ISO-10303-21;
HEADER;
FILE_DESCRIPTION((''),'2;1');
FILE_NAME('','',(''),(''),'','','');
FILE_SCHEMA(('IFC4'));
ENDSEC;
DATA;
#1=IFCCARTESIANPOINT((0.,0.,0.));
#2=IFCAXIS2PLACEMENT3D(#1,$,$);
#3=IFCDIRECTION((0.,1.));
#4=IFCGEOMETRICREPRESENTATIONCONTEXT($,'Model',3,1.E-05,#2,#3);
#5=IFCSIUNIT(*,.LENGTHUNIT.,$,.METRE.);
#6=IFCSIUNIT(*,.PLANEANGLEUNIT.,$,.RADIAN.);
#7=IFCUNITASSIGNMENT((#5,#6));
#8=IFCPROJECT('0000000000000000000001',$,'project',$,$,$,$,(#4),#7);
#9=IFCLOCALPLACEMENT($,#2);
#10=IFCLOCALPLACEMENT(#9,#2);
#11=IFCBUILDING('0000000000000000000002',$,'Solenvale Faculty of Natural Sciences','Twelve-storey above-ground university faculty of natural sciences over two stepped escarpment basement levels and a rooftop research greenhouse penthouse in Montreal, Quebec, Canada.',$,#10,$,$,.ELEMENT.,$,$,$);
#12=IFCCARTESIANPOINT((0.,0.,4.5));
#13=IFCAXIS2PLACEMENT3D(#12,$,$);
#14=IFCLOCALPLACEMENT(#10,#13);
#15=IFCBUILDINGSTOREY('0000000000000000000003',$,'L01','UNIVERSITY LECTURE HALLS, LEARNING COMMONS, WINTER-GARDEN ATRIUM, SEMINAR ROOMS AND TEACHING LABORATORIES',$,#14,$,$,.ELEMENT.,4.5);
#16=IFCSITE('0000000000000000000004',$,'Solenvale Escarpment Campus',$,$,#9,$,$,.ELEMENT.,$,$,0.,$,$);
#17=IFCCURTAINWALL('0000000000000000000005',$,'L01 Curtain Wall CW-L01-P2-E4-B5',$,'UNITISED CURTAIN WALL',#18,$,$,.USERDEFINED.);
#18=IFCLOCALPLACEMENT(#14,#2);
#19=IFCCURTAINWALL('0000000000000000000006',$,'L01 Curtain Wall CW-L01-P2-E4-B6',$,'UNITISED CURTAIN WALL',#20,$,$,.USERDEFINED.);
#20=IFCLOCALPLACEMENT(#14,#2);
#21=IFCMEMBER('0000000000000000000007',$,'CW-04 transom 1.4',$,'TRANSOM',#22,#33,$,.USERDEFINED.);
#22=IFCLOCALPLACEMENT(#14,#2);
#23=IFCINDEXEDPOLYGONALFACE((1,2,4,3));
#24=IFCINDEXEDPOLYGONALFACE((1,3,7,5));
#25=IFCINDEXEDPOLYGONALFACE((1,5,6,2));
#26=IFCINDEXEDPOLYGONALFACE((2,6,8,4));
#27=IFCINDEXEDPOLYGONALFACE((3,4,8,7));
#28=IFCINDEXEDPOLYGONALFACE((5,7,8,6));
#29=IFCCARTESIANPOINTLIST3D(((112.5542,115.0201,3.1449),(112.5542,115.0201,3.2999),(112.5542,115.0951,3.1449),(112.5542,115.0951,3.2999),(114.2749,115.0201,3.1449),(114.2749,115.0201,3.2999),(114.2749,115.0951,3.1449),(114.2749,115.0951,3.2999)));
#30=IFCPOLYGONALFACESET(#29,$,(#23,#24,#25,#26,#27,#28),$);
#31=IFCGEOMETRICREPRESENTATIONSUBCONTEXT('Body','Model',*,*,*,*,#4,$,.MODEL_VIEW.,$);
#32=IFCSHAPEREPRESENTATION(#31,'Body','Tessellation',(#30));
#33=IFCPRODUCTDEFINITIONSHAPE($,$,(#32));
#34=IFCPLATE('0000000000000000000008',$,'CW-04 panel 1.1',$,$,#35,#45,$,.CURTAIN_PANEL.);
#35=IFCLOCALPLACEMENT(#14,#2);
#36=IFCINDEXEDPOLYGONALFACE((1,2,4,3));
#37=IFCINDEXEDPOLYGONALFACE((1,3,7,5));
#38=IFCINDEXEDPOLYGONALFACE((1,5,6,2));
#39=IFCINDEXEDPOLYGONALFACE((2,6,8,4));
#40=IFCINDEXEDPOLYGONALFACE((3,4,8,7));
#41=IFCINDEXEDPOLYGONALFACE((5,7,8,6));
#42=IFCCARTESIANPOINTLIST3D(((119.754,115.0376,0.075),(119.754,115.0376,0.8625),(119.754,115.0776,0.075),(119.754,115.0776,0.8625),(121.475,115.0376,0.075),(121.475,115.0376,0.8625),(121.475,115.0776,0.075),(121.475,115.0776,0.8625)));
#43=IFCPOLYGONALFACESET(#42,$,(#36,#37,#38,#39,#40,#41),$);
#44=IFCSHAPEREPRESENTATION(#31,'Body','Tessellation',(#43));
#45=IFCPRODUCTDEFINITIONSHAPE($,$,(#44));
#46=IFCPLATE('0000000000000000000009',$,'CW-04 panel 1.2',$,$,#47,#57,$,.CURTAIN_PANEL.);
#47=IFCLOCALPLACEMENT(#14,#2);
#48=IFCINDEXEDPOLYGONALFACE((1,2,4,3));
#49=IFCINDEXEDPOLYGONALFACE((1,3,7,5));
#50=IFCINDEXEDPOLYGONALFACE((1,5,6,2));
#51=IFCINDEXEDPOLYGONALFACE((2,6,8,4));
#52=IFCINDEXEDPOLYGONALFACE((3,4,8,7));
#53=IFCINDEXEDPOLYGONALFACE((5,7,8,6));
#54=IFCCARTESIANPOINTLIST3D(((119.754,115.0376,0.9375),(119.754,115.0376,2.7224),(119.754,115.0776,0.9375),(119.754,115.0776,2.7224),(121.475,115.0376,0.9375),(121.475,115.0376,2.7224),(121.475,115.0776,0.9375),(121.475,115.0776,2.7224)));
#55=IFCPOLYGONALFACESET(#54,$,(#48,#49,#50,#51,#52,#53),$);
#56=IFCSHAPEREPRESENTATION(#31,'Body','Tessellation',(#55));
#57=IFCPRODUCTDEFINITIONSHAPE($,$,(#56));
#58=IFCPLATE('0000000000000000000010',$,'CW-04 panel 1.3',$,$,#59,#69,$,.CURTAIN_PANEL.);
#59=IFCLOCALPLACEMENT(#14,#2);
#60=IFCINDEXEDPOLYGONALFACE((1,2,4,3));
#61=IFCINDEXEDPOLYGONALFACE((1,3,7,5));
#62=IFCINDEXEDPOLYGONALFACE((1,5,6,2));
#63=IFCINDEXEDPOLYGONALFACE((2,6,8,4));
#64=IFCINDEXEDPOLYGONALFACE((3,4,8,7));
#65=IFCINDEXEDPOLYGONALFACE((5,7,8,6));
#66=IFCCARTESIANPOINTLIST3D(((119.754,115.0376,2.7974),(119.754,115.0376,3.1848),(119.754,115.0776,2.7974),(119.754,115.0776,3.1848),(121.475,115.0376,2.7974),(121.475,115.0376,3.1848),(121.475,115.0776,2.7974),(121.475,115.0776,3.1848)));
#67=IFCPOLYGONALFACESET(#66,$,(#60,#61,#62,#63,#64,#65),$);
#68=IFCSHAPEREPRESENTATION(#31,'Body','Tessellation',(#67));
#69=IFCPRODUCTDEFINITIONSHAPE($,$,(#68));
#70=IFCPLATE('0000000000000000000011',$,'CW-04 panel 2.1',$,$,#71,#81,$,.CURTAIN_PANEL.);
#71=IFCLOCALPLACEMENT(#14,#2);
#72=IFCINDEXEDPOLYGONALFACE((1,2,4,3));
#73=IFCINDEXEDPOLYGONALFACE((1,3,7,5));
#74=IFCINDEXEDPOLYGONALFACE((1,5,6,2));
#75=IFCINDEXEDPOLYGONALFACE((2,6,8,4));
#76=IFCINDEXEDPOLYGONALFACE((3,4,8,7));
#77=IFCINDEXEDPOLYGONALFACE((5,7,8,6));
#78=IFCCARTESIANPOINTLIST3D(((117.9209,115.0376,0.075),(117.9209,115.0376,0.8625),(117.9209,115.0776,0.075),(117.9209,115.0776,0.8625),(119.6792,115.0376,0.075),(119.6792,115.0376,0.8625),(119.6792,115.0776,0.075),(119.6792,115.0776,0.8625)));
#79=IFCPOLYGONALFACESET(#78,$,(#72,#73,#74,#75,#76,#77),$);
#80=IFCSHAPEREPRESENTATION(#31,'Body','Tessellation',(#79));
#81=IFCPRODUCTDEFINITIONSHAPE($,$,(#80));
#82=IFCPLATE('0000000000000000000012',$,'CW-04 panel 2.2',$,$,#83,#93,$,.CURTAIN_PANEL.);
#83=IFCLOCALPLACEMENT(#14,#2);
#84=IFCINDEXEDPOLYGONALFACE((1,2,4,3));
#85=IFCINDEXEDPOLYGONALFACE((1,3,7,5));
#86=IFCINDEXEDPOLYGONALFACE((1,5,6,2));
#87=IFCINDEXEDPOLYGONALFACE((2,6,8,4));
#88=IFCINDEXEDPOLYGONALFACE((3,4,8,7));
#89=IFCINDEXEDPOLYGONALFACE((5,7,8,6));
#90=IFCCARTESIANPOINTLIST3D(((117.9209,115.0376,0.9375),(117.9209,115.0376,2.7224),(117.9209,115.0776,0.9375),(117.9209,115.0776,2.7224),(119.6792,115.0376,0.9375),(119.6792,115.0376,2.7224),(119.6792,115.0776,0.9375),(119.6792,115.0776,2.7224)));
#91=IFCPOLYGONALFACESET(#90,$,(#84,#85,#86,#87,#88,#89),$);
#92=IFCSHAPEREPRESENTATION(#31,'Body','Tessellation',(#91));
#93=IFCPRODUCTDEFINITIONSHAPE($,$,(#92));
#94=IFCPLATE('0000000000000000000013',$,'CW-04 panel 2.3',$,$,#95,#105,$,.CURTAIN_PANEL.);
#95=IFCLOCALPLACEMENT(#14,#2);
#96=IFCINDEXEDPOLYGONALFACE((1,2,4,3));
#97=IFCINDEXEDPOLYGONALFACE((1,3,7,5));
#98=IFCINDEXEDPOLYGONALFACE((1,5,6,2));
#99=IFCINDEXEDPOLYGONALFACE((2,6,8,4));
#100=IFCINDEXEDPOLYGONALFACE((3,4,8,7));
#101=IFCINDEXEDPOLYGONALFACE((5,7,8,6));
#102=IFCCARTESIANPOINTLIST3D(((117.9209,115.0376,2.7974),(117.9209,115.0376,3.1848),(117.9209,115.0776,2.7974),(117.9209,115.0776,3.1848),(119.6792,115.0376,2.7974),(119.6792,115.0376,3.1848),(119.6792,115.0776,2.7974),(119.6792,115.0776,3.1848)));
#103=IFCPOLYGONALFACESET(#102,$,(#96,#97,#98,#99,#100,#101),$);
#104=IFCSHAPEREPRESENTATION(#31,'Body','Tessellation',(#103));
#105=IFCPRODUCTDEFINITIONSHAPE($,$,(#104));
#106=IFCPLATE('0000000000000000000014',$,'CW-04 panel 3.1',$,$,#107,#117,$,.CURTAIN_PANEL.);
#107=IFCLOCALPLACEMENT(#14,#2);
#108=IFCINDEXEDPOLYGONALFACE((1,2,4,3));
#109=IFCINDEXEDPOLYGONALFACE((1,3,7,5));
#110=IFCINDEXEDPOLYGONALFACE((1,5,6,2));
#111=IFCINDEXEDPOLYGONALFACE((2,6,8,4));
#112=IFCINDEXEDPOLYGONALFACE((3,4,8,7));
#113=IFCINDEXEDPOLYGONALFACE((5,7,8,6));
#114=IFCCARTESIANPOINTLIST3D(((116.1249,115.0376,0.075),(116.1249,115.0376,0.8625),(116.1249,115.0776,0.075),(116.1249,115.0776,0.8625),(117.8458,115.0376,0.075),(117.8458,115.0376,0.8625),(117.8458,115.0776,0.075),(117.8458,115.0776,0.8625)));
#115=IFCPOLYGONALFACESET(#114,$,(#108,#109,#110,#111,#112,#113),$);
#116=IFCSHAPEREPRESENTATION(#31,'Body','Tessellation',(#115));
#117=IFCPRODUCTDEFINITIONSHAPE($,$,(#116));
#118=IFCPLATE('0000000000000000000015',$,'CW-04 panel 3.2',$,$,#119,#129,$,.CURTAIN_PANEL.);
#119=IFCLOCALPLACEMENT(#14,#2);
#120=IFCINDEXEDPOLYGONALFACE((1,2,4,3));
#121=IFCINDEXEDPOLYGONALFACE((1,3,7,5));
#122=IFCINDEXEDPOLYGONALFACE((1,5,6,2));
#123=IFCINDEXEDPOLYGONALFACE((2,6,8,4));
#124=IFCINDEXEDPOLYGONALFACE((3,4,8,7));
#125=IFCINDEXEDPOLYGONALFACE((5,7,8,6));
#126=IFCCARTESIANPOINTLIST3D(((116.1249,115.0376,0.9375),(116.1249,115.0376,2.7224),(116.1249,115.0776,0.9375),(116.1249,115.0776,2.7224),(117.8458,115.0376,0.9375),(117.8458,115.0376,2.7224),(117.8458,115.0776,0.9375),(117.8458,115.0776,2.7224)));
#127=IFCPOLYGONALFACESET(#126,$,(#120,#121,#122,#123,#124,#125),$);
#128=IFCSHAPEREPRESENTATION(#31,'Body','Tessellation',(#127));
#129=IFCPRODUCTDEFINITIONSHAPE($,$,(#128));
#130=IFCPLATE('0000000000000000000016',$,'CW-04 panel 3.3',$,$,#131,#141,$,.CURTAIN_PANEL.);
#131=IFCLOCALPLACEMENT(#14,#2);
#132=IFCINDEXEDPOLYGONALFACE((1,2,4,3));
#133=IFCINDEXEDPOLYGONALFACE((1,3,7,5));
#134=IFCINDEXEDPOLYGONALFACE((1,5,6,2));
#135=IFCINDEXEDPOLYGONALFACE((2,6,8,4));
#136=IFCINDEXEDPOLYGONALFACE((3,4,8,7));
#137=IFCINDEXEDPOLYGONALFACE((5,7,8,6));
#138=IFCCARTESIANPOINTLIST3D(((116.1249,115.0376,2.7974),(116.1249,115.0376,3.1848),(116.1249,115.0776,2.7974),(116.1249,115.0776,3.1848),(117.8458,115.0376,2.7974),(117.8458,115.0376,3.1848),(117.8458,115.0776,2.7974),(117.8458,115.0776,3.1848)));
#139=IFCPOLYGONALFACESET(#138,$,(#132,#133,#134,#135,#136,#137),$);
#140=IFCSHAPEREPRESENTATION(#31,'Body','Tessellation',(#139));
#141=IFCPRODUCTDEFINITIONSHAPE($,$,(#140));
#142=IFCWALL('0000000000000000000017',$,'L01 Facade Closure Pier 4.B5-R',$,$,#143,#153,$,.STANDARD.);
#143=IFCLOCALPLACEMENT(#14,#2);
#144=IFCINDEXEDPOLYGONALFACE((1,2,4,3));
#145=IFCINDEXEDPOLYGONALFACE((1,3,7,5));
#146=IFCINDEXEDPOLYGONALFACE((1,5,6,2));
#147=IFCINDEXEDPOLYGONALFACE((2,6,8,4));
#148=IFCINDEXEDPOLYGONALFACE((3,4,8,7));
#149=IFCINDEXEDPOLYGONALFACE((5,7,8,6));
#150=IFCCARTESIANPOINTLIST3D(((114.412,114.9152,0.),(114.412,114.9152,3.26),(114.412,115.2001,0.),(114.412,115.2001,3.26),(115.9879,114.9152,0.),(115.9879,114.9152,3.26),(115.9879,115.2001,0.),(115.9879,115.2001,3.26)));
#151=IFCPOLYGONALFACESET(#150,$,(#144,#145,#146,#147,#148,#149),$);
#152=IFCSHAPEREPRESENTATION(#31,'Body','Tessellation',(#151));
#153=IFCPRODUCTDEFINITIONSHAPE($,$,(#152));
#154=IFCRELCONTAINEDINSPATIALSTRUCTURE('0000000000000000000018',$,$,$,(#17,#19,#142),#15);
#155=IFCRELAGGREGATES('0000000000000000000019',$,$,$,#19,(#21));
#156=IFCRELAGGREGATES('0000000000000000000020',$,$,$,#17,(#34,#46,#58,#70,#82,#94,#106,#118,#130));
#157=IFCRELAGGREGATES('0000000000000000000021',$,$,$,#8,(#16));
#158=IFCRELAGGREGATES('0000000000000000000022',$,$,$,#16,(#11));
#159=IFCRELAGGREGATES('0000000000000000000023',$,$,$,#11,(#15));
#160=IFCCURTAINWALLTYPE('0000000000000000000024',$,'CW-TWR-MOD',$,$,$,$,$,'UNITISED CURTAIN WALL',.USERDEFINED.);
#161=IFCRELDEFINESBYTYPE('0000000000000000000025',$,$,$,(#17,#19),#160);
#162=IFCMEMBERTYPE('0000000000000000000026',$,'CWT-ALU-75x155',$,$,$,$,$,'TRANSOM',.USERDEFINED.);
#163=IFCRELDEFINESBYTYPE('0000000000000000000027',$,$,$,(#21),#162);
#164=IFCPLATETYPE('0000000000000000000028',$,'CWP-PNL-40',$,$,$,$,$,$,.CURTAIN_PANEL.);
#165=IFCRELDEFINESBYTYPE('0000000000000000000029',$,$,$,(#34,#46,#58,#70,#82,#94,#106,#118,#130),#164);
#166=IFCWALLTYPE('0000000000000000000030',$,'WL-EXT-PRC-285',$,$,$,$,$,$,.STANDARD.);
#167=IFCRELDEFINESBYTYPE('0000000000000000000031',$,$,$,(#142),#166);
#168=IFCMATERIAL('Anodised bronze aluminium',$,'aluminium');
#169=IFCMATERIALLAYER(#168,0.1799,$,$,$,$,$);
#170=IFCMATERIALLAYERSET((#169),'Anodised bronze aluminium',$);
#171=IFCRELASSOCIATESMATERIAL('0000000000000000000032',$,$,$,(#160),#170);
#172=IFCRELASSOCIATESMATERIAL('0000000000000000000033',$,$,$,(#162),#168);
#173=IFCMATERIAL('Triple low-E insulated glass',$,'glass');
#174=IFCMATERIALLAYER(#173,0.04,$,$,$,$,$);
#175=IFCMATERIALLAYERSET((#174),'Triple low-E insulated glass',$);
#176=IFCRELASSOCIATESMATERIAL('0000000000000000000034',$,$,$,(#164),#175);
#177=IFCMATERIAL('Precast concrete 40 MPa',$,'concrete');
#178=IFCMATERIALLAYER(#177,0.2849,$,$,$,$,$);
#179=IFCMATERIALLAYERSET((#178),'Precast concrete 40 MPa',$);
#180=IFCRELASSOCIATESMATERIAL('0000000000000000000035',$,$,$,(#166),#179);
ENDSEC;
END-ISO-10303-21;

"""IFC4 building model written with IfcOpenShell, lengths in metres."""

from ifc_helpers import new_model, si_unit, direction, frame, frame_2d, origin, origin_2d, place, context, subcontext, project, spatial, rectangle, extrude, material, layer, layer_set, material_profile, profile_set, type_object, element, aggregate, save


model = new_model("IFC4")

# Units and contexts
model_context = context("Model", 3, precision=1e-05, world=origin(), true_north=direction((0.0, 1.0)))
body_context = subcontext(model_context, "Body", "Model", "MODEL_VIEW")
ifc_project = project(units=[si_unit("LENGTHUNIT", "METRE"), si_unit("PLANEANGLEUNIT", "RADIAN")], contexts=[model_context])

# Site, building, storey
site_placement = place(None, origin())
site = spatial("IfcSite", under=ifc_project, at=site_placement, Name="Solenvale Escarpment Campus", CompositionType="ELEMENT", RefElevation=0.0)
building_placement = place(site_placement, origin())
building = spatial("IfcBuilding", under=site, at=building_placement, Name="Solenvale Faculty of Natural Sciences", Description="Twelve-storey above-ground university faculty of natural sciences over two stepped escarpment basement levels and a rooftop research greenhouse penthouse in Montreal, Quebec, Canada.", CompositionType="ELEMENT")
storey_placement = place(building_placement, frame((0.0, 0.0, 4.5)))
storey = spatial("IfcBuildingStorey", under=building, at=storey_placement, Name="L01", Description="UNIVERSITY LECTURE HALLS, LEARNING COMMONS, WINTER-GARDEN ATRIUM, SEMINAR ROOMS AND TEACHING LABORATORIES", CompositionType="ELEMENT", Elevation=4.5)

# Shared definitions
ifc_material_1 = material(Name="Precast concrete 40 MPa", Category="concrete")

# Curtain wall
ifc_material_2 = material(Name="Anodised bronze aluminium", Category="aluminium")
ifc_layer_1 = layer(ifc_material_2, 0.1799)
ifc_layer_set_1 = layer_set([ifc_layer_1], Name="Anodised bronze aluminium")
curtain_wall_type = type_object("IfcCurtainWallType", Name="CW-TWR-MOD", ElementType="UNITISED CURTAIN WALL", PredefinedType="USERDEFINED", material=ifc_layer_set_1)
curtain_wall_1_placement = place(storey_placement, origin())
curtain_wall_1 = element("IfcCurtainWall", 1, at=curtain_wall_1_placement, inside=storey, type_object=curtain_wall_type, Name="L01 Curtain Wall CW-L01-P2-E4-B5", ObjectType="UNITISED CURTAIN WALL", PredefinedType="USERDEFINED")

# Curtain wall
curtain_wall_2_placement = place(storey_placement, origin())
curtain_wall_2 = element("IfcCurtainWall", 2, at=curtain_wall_2_placement, inside=storey, type_object=curtain_wall_type, Name="L01 Curtain Wall CW-L01-P2-E4-B6", ObjectType="UNITISED CURTAIN WALL", PredefinedType="USERDEFINED")

# Member
ifc_material_profile_1 = material_profile(ifc_material_2, rectangle(XDim=0.075, YDim=0.155, at=origin_2d()), Name="ALU-TRN-75x155")
ifc_profile_set_1 = profile_set([ifc_material_profile_1], Name="Anodised bronze aluminium")
member_type_1 = type_object("IfcMemberType", Name="CWT-ALU-75x155", ElementType="TRANSOM", PredefinedType="USERDEFINED", material=ifc_profile_set_1)
member_1_placement = place(storey_placement, frame((114.2749, 115.0576, 3.2224), z_axis=(-1.0, 0.0, 0.0), x_axis=(0.0, -1.0, 0.0)))
member_1 = element("IfcMember", 3, at=member_1_placement, type_object=member_type_1, Name="CW-04 transom 1.4", ObjectType="TRANSOM", PredefinedType="USERDEFINED", context=body_context, shape_type="SweptSolid", body=[
    extrude(rectangle(XDim=0.075, YDim=0.155, at=origin_2d()), origin(), (0.0, 0.0, 1.0), 1.7207),
])
aggregate(curtain_wall_2, [member_1])

# Plates
ifc_material_3 = material(Name="Triple low-E insulated glass", Category="glass")
ifc_layer_2 = layer(ifc_material_3, 0.04)
ifc_layer_set_2 = layer_set([ifc_layer_2], Name="Triple low-E insulated glass")
plate_type = type_object("IfcPlateType", Name="CWP-PNL-40", PredefinedType="CURTAIN_PANEL", material=ifc_layer_set_2)
plate_1_placement = place(storey_placement, frame((120.6145, 115.0576, 0.075), z_axis=(0.0, 0.0, 1.0), x_axis=(-1.0, 0.0, 0.0)))
plate_1 = element("IfcPlate", 4, at=plate_1_placement, type_object=plate_type, Name="CW-04 panel 1.1", PredefinedType="CURTAIN_PANEL", context=body_context, shape_type="SweptSolid", body=[
    extrude(rectangle(XDim=1.7209, YDim=0.04, at=origin_2d()), origin(), (0.0, 0.0, 1.0), 0.7876),
])
plate_2_placement = place(storey_placement, frame((120.6145, 115.0576, 0.9375), z_axis=(0.0, 0.0, 1.0), x_axis=(-1.0, 0.0, 0.0)))
plate_2 = element("IfcPlate", 5, at=plate_2_placement, type_object=plate_type, Name="CW-04 panel 1.2", PredefinedType="CURTAIN_PANEL", context=body_context, shape_type="SweptSolid", body=[
    extrude(rectangle(XDim=1.7209, YDim=0.04, at=origin_2d()), origin(), (0.0, 0.0, 1.0), 1.7849),
])
plate_3_placement = place(storey_placement, frame((120.6145, 115.0576, 2.7974), z_axis=(0.0, 0.0, 1.0), x_axis=(-1.0, 0.0, 0.0)))
plate_3 = element("IfcPlate", 6, at=plate_3_placement, type_object=plate_type, Name="CW-04 panel 1.3", PredefinedType="CURTAIN_PANEL", context=body_context, shape_type="SweptSolid", body=[
    extrude(rectangle(XDim=1.7209, YDim=0.04, at=origin_2d()), origin(), (0.0, 0.0, 1.0), 0.3875),
])
plate_4_placement = place(storey_placement, frame((118.8, 115.0576, 0.075), z_axis=(0.0, 0.0, 1.0), x_axis=(-1.0, 0.0, 0.0)))
plate_4 = element("IfcPlate", 7, at=plate_4_placement, type_object=plate_type, Name="CW-04 panel 2.1", PredefinedType="CURTAIN_PANEL", context=body_context, shape_type="SweptSolid", body=[
    extrude(rectangle(XDim=1.7583, YDim=0.04, at=origin_2d()), origin(), (0.0, 0.0, 1.0), 0.7876),
])
plate_5_placement = place(storey_placement, frame((118.8, 115.0576, 0.9375), z_axis=(0.0, 0.0, 1.0), x_axis=(-1.0, 0.0, 0.0)))
plate_5 = element("IfcPlate", 8, at=plate_5_placement, type_object=plate_type, Name="CW-04 panel 2.2", PredefinedType="CURTAIN_PANEL", context=body_context, shape_type="SweptSolid", body=[
    extrude(rectangle(XDim=1.7583, YDim=0.04, at=origin_2d()), origin(), (0.0, 0.0, 1.0), 1.7849),
])
plate_6_placement = place(storey_placement, frame((118.8, 115.0576, 2.7974), z_axis=(0.0, 0.0, 1.0), x_axis=(-1.0, 0.0, 0.0)))
plate_6 = element("IfcPlate", 9, at=plate_6_placement, type_object=plate_type, Name="CW-04 panel 2.3", PredefinedType="CURTAIN_PANEL", context=body_context, shape_type="SweptSolid", body=[
    extrude(rectangle(XDim=1.7583, YDim=0.04, at=origin_2d()), origin(), (0.0, 0.0, 1.0), 0.3875),
])
plate_7_placement = place(storey_placement, frame((116.9854, 115.0576, 0.075), z_axis=(0.0, 0.0, 1.0), x_axis=(-1.0, 0.0, 0.0)))
plate_7 = element("IfcPlate", 10, at=plate_7_placement, type_object=plate_type, Name="CW-04 panel 3.1", PredefinedType="CURTAIN_PANEL", context=body_context, shape_type="SweptSolid", body=[
    extrude(rectangle(XDim=1.7209, YDim=0.04, at=origin_2d()), origin(), (0.0, 0.0, 1.0), 0.7876),
])
plate_8_placement = place(storey_placement, frame((116.9854, 115.0576, 0.9375), z_axis=(0.0, 0.0, 1.0), x_axis=(-1.0, 0.0, 0.0)))
plate_8 = element("IfcPlate", 11, at=plate_8_placement, type_object=plate_type, Name="CW-04 panel 3.2", PredefinedType="CURTAIN_PANEL", context=body_context, shape_type="SweptSolid", body=[
    extrude(rectangle(XDim=1.7209, YDim=0.04, at=origin_2d()), origin(), (0.0, 0.0, 1.0), 1.7849),
])
plate_9_placement = place(storey_placement, frame((116.9854, 115.0576, 2.7974), z_axis=(0.0, 0.0, 1.0), x_axis=(-1.0, 0.0, 0.0)))
plate_9 = element("IfcPlate", 12, at=plate_9_placement, type_object=plate_type, Name="CW-04 panel 3.3", PredefinedType="CURTAIN_PANEL", context=body_context, shape_type="SweptSolid", body=[
    extrude(rectangle(XDim=1.7209, YDim=0.04, at=origin_2d()), origin(), (0.0, 0.0, 1.0), 0.3875),
])
aggregate(curtain_wall_1, [plate_1, plate_2, plate_3, plate_4, plate_5, plate_6, plate_7, plate_8, plate_9])

# Wall
ifc_layer_3 = layer(ifc_material_1, 0.2849)
ifc_layer_set_3 = layer_set([ifc_layer_3], Name="Precast concrete 40 MPa")
wall_type = type_object("IfcWallType", Name="WL-EXT-PRC-285", PredefinedType="STANDARD", material=ifc_layer_set_3)
wall_placement = place(storey_placement, frame((115.988, 115.0576, 0.0), z_axis=(0.0, 0.0, 1.0), x_axis=(-1.0, 0.0, 0.0)))
element("IfcWall", 13, at=wall_placement, inside=storey, type_object=wall_type, Name="L01 Facade Closure Pier 4.B5-R", PredefinedType="STANDARD", context=body_context, shape_type="SweptSolid", body=[
    extrude(rectangle(XDim=1.5759, YDim=0.2849, at=frame_2d((0.7881, 0.0))), origin(), (0.0, 0.0, 1.0), 3.26),
])

save(model, "model.ifc")
